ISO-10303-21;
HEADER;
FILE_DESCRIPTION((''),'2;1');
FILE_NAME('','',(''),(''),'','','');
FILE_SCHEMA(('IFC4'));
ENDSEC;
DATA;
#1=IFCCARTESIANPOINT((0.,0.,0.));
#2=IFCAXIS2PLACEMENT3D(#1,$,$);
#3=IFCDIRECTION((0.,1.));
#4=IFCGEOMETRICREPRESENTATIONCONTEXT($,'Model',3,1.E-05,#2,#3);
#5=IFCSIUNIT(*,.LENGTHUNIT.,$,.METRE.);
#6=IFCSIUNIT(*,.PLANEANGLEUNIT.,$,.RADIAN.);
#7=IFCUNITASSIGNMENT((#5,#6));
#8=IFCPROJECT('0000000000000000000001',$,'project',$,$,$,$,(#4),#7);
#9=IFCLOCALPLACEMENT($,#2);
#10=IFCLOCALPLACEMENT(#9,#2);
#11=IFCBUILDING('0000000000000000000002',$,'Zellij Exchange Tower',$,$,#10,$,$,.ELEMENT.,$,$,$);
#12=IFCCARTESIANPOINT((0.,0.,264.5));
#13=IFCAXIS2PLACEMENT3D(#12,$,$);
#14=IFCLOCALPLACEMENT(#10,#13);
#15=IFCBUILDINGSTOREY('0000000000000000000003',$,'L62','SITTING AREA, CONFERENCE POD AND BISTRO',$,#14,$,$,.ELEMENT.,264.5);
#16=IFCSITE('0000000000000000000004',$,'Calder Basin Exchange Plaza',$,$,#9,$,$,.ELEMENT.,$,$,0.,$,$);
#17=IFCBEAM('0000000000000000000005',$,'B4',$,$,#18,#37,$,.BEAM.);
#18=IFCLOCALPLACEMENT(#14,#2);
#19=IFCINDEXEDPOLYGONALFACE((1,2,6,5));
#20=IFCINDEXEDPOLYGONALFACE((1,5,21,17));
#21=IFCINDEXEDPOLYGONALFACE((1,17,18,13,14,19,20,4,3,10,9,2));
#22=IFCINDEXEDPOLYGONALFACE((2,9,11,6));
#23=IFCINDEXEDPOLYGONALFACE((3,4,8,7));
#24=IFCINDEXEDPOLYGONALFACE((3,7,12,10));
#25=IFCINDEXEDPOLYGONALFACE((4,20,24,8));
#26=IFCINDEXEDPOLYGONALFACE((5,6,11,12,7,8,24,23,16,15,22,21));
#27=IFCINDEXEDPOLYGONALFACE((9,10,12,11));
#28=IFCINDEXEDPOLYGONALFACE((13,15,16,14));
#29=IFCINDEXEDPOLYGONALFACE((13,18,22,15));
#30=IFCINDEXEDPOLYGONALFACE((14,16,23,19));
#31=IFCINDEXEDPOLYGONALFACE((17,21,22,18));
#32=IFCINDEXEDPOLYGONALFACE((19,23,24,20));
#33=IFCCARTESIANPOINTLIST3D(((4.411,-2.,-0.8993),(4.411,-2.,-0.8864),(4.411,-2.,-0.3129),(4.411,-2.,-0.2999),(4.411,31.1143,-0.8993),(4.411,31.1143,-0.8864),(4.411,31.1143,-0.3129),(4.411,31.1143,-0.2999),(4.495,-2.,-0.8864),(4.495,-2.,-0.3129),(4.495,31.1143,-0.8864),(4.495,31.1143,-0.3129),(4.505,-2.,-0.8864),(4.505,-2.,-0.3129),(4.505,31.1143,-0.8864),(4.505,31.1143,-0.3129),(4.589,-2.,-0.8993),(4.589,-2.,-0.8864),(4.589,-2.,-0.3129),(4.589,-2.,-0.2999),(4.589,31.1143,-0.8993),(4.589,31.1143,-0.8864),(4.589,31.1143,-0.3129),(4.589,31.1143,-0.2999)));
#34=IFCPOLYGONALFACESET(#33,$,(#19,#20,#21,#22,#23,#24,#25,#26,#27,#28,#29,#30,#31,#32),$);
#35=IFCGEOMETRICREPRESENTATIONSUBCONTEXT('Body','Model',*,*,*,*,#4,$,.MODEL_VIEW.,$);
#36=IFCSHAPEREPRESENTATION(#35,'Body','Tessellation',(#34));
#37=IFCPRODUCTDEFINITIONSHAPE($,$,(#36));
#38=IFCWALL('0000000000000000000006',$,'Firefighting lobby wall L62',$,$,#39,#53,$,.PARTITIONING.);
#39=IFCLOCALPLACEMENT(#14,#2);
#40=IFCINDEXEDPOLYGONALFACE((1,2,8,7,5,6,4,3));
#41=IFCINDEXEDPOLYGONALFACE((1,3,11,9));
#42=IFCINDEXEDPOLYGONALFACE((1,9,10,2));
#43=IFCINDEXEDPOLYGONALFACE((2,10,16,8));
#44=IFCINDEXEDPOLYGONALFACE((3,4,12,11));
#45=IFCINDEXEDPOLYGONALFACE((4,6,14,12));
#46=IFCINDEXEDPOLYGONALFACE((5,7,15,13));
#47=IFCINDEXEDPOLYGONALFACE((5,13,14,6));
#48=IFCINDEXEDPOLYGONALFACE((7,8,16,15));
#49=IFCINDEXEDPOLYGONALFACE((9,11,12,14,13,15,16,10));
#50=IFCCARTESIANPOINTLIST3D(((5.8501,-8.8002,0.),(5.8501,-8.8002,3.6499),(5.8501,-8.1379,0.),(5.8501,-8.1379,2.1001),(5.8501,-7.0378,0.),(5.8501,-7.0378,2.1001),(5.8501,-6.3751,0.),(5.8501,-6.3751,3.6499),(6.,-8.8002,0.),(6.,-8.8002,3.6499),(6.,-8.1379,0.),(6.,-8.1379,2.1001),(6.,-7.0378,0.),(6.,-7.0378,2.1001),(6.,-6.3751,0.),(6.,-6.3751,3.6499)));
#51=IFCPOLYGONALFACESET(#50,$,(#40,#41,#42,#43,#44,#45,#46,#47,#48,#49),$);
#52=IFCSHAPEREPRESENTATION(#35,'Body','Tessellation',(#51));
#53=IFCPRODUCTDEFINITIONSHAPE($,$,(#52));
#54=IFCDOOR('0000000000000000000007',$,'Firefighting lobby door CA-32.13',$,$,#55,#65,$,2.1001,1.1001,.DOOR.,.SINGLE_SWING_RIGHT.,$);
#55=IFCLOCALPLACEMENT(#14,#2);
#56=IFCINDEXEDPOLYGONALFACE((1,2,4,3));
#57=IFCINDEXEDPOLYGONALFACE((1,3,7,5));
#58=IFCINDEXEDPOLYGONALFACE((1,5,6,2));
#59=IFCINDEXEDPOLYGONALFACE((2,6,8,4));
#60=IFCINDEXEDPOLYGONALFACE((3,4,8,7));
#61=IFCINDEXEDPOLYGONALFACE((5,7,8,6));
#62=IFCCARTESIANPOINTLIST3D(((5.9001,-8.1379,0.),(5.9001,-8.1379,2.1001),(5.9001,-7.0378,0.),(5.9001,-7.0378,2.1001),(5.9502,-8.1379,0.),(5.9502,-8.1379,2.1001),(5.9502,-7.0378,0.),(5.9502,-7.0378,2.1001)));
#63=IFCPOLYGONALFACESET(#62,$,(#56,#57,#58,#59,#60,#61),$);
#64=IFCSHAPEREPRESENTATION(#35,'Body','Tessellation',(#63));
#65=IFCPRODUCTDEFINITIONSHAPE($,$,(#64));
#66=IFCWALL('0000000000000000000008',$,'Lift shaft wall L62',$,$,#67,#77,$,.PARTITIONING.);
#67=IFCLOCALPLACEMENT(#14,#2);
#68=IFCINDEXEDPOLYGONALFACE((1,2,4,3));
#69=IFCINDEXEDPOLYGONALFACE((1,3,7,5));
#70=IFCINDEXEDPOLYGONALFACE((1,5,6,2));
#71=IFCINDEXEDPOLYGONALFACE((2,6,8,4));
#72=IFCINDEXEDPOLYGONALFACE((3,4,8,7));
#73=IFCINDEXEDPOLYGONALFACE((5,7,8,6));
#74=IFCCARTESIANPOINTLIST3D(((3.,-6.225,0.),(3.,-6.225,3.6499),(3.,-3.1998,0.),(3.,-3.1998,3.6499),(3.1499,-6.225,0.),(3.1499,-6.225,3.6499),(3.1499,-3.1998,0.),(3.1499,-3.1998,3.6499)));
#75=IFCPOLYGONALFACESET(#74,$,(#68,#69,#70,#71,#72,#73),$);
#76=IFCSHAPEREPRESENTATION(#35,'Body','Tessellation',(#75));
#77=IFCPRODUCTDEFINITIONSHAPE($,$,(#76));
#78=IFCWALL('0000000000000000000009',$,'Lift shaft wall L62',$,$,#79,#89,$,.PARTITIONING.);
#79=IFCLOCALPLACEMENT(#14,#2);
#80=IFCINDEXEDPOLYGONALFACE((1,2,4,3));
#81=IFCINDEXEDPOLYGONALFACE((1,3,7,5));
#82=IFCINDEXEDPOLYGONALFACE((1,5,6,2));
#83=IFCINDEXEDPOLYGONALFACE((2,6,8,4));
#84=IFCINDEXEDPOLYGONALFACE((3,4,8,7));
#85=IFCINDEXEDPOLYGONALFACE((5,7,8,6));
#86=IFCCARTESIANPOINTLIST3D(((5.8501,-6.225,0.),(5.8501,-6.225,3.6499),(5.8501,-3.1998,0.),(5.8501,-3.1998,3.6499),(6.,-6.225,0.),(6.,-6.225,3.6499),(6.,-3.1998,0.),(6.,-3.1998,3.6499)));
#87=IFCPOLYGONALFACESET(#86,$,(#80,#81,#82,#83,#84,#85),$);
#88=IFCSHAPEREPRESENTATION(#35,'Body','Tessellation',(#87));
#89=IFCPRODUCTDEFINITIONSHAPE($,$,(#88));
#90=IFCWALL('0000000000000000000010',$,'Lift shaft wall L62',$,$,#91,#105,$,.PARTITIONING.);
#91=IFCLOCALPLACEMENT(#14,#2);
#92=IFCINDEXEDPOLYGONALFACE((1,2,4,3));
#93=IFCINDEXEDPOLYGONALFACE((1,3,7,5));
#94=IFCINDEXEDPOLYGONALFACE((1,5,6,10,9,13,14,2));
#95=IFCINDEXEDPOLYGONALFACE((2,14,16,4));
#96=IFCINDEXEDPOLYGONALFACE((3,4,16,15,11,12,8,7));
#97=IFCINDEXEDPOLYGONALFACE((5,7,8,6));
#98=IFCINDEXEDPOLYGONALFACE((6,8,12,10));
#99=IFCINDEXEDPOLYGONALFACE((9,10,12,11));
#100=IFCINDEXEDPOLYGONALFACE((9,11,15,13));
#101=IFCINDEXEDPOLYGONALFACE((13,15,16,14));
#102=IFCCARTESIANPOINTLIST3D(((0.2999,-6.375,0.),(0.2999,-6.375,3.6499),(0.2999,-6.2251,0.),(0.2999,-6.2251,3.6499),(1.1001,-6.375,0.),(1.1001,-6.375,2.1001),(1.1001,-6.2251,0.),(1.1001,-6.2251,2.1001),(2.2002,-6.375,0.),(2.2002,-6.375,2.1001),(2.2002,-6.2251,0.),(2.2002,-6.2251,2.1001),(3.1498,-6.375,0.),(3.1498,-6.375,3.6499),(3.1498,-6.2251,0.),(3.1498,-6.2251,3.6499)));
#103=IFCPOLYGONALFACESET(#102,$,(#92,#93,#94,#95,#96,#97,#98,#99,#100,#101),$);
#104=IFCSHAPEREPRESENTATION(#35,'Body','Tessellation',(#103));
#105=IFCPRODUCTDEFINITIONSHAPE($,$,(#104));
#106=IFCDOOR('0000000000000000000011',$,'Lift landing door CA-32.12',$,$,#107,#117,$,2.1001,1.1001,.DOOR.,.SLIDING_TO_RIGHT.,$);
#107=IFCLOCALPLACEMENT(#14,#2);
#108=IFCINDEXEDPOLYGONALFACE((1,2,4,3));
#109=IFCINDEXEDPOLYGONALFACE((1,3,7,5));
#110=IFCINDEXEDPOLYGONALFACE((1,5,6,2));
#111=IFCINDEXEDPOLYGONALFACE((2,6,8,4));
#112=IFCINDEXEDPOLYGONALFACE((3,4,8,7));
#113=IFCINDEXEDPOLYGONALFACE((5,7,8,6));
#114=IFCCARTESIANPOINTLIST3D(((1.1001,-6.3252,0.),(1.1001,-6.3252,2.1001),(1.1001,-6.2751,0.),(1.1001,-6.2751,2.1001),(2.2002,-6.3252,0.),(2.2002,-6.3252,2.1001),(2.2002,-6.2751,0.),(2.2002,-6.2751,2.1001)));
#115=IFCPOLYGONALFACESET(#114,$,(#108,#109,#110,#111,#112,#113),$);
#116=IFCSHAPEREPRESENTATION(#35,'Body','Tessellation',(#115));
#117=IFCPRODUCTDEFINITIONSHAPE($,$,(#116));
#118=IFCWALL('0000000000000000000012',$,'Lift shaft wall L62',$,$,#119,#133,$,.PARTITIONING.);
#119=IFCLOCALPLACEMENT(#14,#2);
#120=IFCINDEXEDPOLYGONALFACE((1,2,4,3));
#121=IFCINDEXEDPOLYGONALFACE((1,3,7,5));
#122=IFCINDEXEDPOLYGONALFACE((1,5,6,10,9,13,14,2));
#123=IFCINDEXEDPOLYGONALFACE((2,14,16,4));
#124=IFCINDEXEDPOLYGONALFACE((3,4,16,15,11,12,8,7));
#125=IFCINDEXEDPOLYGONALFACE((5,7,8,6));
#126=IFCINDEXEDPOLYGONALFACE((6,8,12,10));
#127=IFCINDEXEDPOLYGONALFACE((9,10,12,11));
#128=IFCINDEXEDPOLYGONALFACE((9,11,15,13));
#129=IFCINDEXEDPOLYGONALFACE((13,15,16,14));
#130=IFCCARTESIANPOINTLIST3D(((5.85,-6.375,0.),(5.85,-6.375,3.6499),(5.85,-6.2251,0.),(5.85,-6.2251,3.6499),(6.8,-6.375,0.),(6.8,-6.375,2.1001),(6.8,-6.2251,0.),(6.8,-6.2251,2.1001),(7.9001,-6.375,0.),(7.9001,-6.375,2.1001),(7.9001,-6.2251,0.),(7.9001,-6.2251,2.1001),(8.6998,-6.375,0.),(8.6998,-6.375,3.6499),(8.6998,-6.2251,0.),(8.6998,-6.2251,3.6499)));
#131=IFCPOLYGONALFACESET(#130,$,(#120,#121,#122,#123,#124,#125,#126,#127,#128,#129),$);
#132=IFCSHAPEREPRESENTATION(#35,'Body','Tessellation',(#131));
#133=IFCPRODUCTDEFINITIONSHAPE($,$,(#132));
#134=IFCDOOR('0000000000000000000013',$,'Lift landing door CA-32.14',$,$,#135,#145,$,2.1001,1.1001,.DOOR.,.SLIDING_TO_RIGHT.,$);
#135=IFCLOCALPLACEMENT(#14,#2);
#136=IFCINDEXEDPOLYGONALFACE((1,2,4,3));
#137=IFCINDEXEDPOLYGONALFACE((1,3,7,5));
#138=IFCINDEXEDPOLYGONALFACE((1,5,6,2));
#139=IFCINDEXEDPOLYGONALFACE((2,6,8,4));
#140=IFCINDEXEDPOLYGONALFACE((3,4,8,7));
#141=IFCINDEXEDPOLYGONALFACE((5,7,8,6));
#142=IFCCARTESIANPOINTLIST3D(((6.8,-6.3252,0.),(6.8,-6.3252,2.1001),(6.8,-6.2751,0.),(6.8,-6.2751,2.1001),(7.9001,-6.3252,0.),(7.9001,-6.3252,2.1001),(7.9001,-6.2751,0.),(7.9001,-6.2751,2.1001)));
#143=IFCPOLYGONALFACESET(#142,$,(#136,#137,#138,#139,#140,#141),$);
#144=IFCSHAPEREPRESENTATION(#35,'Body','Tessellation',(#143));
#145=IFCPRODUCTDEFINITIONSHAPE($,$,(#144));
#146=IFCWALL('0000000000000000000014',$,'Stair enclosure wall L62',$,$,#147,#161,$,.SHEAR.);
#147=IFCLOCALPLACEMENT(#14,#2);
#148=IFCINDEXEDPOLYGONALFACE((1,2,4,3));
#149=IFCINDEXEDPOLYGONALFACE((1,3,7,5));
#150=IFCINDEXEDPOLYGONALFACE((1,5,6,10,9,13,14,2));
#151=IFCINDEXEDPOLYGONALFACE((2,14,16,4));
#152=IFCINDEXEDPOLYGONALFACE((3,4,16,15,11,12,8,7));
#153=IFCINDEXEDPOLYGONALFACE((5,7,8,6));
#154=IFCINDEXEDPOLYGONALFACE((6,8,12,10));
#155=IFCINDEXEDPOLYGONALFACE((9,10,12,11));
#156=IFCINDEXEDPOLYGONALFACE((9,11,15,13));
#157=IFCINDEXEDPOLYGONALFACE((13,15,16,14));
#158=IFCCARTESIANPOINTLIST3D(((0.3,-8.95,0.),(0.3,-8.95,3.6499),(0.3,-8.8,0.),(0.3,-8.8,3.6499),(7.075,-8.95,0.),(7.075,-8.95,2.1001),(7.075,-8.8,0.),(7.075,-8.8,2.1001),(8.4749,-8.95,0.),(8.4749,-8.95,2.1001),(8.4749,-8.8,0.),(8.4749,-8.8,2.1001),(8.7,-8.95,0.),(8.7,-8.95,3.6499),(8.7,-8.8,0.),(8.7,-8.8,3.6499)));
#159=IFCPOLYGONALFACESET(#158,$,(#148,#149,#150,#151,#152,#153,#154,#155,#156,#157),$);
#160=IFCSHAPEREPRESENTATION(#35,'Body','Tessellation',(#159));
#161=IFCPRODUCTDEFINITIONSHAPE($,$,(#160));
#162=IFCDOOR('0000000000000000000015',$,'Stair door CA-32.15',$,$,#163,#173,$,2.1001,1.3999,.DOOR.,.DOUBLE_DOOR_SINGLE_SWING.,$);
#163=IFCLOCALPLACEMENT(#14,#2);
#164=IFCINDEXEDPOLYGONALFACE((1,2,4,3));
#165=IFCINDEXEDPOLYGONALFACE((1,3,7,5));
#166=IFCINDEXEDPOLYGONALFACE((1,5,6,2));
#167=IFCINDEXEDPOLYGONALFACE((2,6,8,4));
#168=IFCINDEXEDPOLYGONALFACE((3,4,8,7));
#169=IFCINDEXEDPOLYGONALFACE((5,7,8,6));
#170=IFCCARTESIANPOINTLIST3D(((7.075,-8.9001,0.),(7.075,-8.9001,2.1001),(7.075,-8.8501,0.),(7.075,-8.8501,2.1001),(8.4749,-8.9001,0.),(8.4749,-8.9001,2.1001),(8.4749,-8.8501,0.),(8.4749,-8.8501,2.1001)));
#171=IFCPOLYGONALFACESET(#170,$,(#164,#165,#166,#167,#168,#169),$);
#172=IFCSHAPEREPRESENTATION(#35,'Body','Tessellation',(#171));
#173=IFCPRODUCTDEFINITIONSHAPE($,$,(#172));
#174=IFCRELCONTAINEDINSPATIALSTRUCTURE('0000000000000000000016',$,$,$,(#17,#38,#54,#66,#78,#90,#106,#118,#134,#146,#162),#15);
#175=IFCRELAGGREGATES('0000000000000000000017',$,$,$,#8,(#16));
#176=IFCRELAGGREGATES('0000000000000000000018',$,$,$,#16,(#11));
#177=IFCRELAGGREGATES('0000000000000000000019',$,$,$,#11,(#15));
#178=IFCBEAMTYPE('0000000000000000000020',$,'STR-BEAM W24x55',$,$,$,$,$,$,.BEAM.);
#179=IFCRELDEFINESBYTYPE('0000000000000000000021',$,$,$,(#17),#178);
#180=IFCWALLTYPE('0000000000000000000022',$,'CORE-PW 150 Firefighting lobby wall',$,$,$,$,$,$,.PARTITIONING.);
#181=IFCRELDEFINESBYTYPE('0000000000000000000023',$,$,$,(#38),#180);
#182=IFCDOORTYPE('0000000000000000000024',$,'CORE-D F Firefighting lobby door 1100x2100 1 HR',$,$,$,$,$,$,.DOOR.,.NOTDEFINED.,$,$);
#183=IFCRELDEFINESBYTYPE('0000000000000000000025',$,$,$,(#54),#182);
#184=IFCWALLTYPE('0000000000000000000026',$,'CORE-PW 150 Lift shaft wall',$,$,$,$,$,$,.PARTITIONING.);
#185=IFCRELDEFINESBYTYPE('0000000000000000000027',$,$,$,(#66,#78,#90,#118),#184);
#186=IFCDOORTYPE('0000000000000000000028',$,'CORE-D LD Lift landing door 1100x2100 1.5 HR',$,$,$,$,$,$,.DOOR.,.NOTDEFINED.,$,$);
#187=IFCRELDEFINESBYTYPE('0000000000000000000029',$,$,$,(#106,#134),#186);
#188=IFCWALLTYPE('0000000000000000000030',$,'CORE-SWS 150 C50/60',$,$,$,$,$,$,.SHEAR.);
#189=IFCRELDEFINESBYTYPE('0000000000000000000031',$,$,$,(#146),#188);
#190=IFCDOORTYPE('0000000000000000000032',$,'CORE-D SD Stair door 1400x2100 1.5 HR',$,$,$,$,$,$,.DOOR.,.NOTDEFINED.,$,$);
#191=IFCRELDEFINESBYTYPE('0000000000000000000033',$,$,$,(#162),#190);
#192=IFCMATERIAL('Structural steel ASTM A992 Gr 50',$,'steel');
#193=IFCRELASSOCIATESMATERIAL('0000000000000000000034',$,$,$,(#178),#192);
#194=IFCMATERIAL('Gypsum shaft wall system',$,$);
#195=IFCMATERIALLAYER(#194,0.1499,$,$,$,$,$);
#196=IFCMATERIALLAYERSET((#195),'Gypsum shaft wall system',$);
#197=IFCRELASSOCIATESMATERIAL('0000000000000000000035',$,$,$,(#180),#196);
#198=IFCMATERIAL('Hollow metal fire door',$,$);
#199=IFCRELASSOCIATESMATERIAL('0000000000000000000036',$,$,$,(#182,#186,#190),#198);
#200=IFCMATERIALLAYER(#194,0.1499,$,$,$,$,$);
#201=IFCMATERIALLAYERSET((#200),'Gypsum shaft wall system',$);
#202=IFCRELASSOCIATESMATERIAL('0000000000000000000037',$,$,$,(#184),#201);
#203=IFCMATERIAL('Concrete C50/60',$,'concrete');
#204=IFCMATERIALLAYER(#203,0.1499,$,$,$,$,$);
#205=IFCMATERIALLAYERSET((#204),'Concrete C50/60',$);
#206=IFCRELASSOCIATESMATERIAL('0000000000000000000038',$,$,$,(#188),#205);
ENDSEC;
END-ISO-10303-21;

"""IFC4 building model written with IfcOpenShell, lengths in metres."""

from ifc_helpers import new_model, si_unit, direction, frame, frame_2d, origin, origin_2d, place, context, subcontext, project, spatial, rectangle, i_section, extrude, material, layer, layer_set, material_profile, profile_set, type_object, element, fill, save


model = new_model("IFC4")

# Units and contexts
model_context = context("Model", 3, precision=1e-05, world=origin(), true_north=direction((0.0, 1.0)))
body_context = subcontext(model_context, "Body", "Model", "MODEL_VIEW")
ifc_project = project(units=[si_unit("LENGTHUNIT", "METRE"), si_unit("PLANEANGLEUNIT", "RADIAN")], contexts=[model_context])

# Site, building, storey
site_placement = place(None, origin())
site = spatial("IfcSite", under=ifc_project, at=site_placement, Name="Calder Basin Exchange Plaza", CompositionType="ELEMENT", RefElevation=0.0)
building_placement = place(site_placement, origin())
building = spatial("IfcBuilding", under=site, at=building_placement, Name="Zellij Exchange Tower", CompositionType="ELEMENT")
storey_placement = place(building_placement, frame((0.0, 0.0, 264.5)))
storey = spatial("IfcBuildingStorey", under=building, at=storey_placement, Name="L62", Description="SITTING AREA, CONFERENCE POD AND BISTRO", CompositionType="ELEMENT", Elevation=264.5)

# Beam
ifc_material_1 = material(Name="Structural steel ASTM A992 Gr 50", Category="steel")
ifc_material_profile = material_profile(ifc_material_1, i_section(OverallWidth=0.178, OverallDepth=0.5994, WebThickness=0.01, FlangeThickness=0.0129, at=origin_2d()), Name="W24x55")
ifc_profile_set = profile_set([ifc_material_profile], Name="Structural steel ASTM A992 Gr 50")
beam_type = type_object("IfcBeamType", Name="STR-BEAM W24x55", PredefinedType="BEAM", material=ifc_profile_set)
beam_placement = place(storey_placement, frame((4.5, -2.0, -0.5996), z_axis=(0.0, 1.0, 0.0), x_axis=(-1.0, 0.0, 0.0)))
element("IfcBeam", 1, at=beam_placement, inside=storey, type_object=beam_type, Name="B4", PredefinedType="BEAM", context=body_context, shape_type="SweptSolid", body=[
    extrude(i_section(OverallWidth=0.178, OverallDepth=0.5994, WebThickness=0.01, FlangeThickness=0.0129, at=origin_2d()), origin(), (0.0, 0.0, 1.0), 33.1143),
])

# Wall, opening, door
ifc_material_2 = material(Name="Gypsum shaft wall system")
ifc_layer_1 = layer(ifc_material_2, 0.1499)
ifc_layer_set_1 = layer_set([ifc_layer_1], Name="Gypsum shaft wall system")
wall_type_1 = type_object("IfcWallType", Name="CORE-PW 150 Firefighting lobby wall", PredefinedType="PARTITIONING", material=ifc_layer_set_1)
wall_1_placement = place(storey_placement, frame((5.925, -8.8, 0.0), z_axis=(0.0, 0.0, 1.0), x_axis=(0.0, 1.0, 0.0)))
wall_1 = element("IfcWall", 2, at=wall_1_placement, inside=storey, type_object=wall_type_1, Name="Firefighting lobby wall L62", PredefinedType="PARTITIONING", context=body_context, shape_type="SweptSolid", body=[
    extrude(rectangle(XDim=2.425, YDim=0.1499, at=frame_2d((1.2124, 0.0))), origin(), (0.0, 0.0, 1.0), 3.6499),
])
opening_1_placement = place(wall_1_placement, frame((0.6621, 0.0, 0.0)))
opening_1 = element("IfcOpeningElement", 3, at=opening_1_placement, cuts=wall_1, PredefinedType="OPENING", context=body_context, shape_type="SweptSolid", body=[
    extrude(rectangle(XDim=1.1001, YDim=2.1001, at=frame_2d((0.55, 1.05))), frame((0.0, 0.0869, 0.0), z_axis=(0.0, -1.0, 0.0), x_axis=(1.0, 0.0, 0.0)), (0.0, 0.0, 1.0), 0.1738),
])
ifc_material_3 = material(Name="Hollow metal fire door")
door_type_1 = type_object("IfcDoorType", Name="CORE-D F Firefighting lobby door 1100x2100 1 HR", OperationType="NOTDEFINED", PredefinedType="DOOR", material=ifc_material_3)
door_1_placement = place(opening_1_placement, origin())
door_1 = element("IfcDoor", 4, at=door_1_placement, inside=storey, type_object=door_type_1, Name="Firefighting lobby door CA-32.13", OperationType="SINGLE_SWING_RIGHT", OverallHeight=2.1001, OverallWidth=1.1001, PredefinedType="DOOR", context=body_context, shape_type="SweptSolid", body=[
    extrude(rectangle(XDim=1.1001, YDim=2.1001, at=frame_2d((0.55, 1.05))), frame((0.0, 0.0249, 0.0), z_axis=(0.0, -1.0, 0.0), x_axis=(1.0, 0.0, 0.0)), (0.0, 0.0, 1.0), 0.05),
])
fill(opening_1, door_1)

# Walls
ifc_layer_2 = layer(ifc_material_2, 0.1499)
ifc_layer_set_2 = layer_set([ifc_layer_2], Name="Gypsum shaft wall system")
wall_type_2 = type_object("IfcWallType", Name="CORE-PW 150 Lift shaft wall", PredefinedType="PARTITIONING", material=ifc_layer_set_2)
for number, where, z_axis, x_axis, name in (
    (5, (3.075, -6.2251, 0.0), (0.0, 0.0, 1.0), (0.0, 1.0, 0.0), "Lift shaft wall L62"),
    (6, (5.925, -6.2251, 0.0), (0.0, 0.0, 1.0), (0.0, 1.0, 0.0), "Lift shaft wall L62"),
):
    element("IfcWall", number, at=place(storey_placement, frame(where, z_axis=z_axis, x_axis=x_axis)), inside=storey, type_object=wall_type_2, Name=name, PredefinedType="PARTITIONING", context=body_context, shape_type="SweptSolid", body=[
        extrude(rectangle(XDim=3.0251, YDim=0.1499, at=frame_2d((1.5127, 0.0))), origin(), (0.0, 0.0, 1.0), 3.6499),
    ])

# Walls, openings, doors
wall_2_placement = place(storey_placement, frame((0.3, -6.3, 0.0), z_axis=(0.0, 0.0, 1.0), x_axis=(1.0, 0.0, 0.0)))
wall_2 = element("IfcWall", 7, at=wall_2_placement, inside=storey, type_object=wall_type_2, Name="Lift shaft wall L62", PredefinedType="PARTITIONING", context=body_context, shape_type="SweptSolid", body=[
    extrude(rectangle(XDim=2.8499, YDim=0.1499, at=frame_2d((1.4248, 0.0))), origin(), (0.0, 0.0, 1.0), 3.6499),
])
opening_2_placement = place(wall_2_placement, frame((0.8, 0.0, 0.0)))
opening_2 = element("IfcOpeningElement", 8, at=opening_2_placement, cuts=wall_2, PredefinedType="OPENING", context=body_context, shape_type="SweptSolid", body=[
    extrude(rectangle(XDim=1.1001, YDim=2.1001, at=frame_2d((0.55, 1.05))), frame((0.0, 0.0869, 0.0), z_axis=(0.0, -1.0, 0.0), x_axis=(1.0, 0.0, 0.0)), (0.0, 0.0, 1.0), 0.1738),
])
door_type_2 = type_object("IfcDoorType", Name="CORE-D LD Lift landing door 1100x2100 1.5 HR", OperationType="NOTDEFINED", PredefinedType="DOOR", material=ifc_material_3)
door_2_placement = place(opening_2_placement, origin())
door_2 = element("IfcDoor", 9, at=door_2_placement, inside=storey, type_object=door_type_2, Name="Lift landing door CA-32.12", OperationType="SLIDING_TO_RIGHT", OverallHeight=2.1001, OverallWidth=1.1001, PredefinedType="DOOR", context=body_context, shape_type="SweptSolid", body=[
    extrude(rectangle(XDim=1.1001, YDim=2.1001, at=frame_2d((0.55, 1.05))), frame((0.0, 0.0249, 0.0), z_axis=(0.0, -1.0, 0.0), x_axis=(1.0, 0.0, 0.0)), (0.0, 0.0, 1.0), 0.05),
])
fill(opening_2, door_2)
wall_3_placement = place(storey_placement, frame((5.8501, -6.3, 0.0), z_axis=(0.0, 0.0, 1.0), x_axis=(1.0, 0.0, 0.0)))
wall_3 = element("IfcWall", 10, at=wall_3_placement, inside=storey, type_object=wall_type_2, Name="Lift shaft wall L62", PredefinedType="PARTITIONING", context=body_context, shape_type="SweptSolid", body=[
    extrude(rectangle(XDim=2.8499, YDim=0.1499, at=frame_2d((1.4248, 0.0))), origin(), (0.0, 0.0, 1.0), 3.6499),
])
opening_3_placement = place(wall_3_placement, frame((0.95, 0.0, 0.0)))
opening_3 = element("IfcOpeningElement", 11, at=opening_3_placement, cuts=wall_3, PredefinedType="OPENING", context=body_context, shape_type="SweptSolid", body=[
    extrude(rectangle(XDim=1.1001, YDim=2.1001, at=frame_2d((0.55, 1.05))), frame((0.0, 0.0869, 0.0), z_axis=(0.0, -1.0, 0.0), x_axis=(1.0, 0.0, 0.0)), (0.0, 0.0, 1.0), 0.1738),
])
door_3_placement = place(opening_3_placement, origin())
door_3 = element("IfcDoor", 12, at=door_3_placement, inside=storey, type_object=door_type_2, Name="Lift landing door CA-32.14", OperationType="SLIDING_TO_RIGHT", OverallHeight=2.1001, OverallWidth=1.1001, PredefinedType="DOOR", context=body_context, shape_type="SweptSolid", body=[
    extrude(rectangle(XDim=1.1001, YDim=2.1001, at=frame_2d((0.55, 1.05))), frame((0.0, 0.0249, 0.0), z_axis=(0.0, -1.0, 0.0), x_axis=(1.0, 0.0, 0.0)), (0.0, 0.0, 1.0), 0.05),
])
fill(opening_3, door_3)
ifc_material_4 = material(Name="Concrete C50/60", Category="concrete")
ifc_layer_3 = layer(ifc_material_4, 0.1499)
ifc_layer_set_3 = layer_set([ifc_layer_3], Name="Concrete C50/60")
wall_type_3 = type_object("IfcWallType", Name="CORE-SWS 150 C50/60", PredefinedType="SHEAR", material=ifc_layer_set_3)
wall_4_placement = place(storey_placement, frame((0.3, -8.875, 0.0), z_axis=(0.0, 0.0, 1.0), x_axis=(1.0, 0.0, 0.0)))
wall_4 = element("IfcWall", 13, at=wall_4_placement, inside=storey, type_object=wall_type_3, Name="Stair enclosure wall L62", PredefinedType="SHEAR", context=body_context, shape_type="SweptSolid", body=[
    extrude(rectangle(XDim=8.3999, YDim=0.1499, at=frame_2d((4.2, 0.0))), origin(), (0.0, 0.0, 1.0), 3.6499),
])
opening_4_placement = place(wall_4_placement, frame((6.7749, 0.0, 0.0)))
opening_4 = element("IfcOpeningElement", 14, at=opening_4_placement, cuts=wall_4, PredefinedType="OPENING", context=body_context, shape_type="SweptSolid", body=[
    extrude(rectangle(XDim=1.3999, YDim=2.1001, at=frame_2d((0.7, 1.05))), frame((0.0, 0.0869, 0.0), z_axis=(0.0, -1.0, 0.0), x_axis=(1.0, 0.0, 0.0)), (0.0, 0.0, 1.0), 0.1738),
])
door_type_3 = type_object("IfcDoorType", Name="CORE-D SD Stair door 1400x2100 1.5 HR", OperationType="NOTDEFINED", PredefinedType="DOOR", material=ifc_material_3)
door_4_placement = place(opening_4_placement, origin())
door_4 = element("IfcDoor", 15, at=door_4_placement, inside=storey, type_object=door_type_3, Name="Stair door CA-32.15", OperationType="DOUBLE_DOOR_SINGLE_SWING", OverallHeight=2.1001, OverallWidth=1.3999, PredefinedType="DOOR", context=body_context, shape_type="SweptSolid", body=[
    extrude(rectangle(XDim=1.3999, YDim=2.1001, at=frame_2d((0.7, 1.05))), frame((0.0, 0.0249, 0.0), z_axis=(0.0, -1.0, 0.0), x_axis=(1.0, 0.0, 0.0)), (0.0, 0.0, 1.0), 0.05),
])
fill(opening_4, door_4)

save(model, "model.ifc")
